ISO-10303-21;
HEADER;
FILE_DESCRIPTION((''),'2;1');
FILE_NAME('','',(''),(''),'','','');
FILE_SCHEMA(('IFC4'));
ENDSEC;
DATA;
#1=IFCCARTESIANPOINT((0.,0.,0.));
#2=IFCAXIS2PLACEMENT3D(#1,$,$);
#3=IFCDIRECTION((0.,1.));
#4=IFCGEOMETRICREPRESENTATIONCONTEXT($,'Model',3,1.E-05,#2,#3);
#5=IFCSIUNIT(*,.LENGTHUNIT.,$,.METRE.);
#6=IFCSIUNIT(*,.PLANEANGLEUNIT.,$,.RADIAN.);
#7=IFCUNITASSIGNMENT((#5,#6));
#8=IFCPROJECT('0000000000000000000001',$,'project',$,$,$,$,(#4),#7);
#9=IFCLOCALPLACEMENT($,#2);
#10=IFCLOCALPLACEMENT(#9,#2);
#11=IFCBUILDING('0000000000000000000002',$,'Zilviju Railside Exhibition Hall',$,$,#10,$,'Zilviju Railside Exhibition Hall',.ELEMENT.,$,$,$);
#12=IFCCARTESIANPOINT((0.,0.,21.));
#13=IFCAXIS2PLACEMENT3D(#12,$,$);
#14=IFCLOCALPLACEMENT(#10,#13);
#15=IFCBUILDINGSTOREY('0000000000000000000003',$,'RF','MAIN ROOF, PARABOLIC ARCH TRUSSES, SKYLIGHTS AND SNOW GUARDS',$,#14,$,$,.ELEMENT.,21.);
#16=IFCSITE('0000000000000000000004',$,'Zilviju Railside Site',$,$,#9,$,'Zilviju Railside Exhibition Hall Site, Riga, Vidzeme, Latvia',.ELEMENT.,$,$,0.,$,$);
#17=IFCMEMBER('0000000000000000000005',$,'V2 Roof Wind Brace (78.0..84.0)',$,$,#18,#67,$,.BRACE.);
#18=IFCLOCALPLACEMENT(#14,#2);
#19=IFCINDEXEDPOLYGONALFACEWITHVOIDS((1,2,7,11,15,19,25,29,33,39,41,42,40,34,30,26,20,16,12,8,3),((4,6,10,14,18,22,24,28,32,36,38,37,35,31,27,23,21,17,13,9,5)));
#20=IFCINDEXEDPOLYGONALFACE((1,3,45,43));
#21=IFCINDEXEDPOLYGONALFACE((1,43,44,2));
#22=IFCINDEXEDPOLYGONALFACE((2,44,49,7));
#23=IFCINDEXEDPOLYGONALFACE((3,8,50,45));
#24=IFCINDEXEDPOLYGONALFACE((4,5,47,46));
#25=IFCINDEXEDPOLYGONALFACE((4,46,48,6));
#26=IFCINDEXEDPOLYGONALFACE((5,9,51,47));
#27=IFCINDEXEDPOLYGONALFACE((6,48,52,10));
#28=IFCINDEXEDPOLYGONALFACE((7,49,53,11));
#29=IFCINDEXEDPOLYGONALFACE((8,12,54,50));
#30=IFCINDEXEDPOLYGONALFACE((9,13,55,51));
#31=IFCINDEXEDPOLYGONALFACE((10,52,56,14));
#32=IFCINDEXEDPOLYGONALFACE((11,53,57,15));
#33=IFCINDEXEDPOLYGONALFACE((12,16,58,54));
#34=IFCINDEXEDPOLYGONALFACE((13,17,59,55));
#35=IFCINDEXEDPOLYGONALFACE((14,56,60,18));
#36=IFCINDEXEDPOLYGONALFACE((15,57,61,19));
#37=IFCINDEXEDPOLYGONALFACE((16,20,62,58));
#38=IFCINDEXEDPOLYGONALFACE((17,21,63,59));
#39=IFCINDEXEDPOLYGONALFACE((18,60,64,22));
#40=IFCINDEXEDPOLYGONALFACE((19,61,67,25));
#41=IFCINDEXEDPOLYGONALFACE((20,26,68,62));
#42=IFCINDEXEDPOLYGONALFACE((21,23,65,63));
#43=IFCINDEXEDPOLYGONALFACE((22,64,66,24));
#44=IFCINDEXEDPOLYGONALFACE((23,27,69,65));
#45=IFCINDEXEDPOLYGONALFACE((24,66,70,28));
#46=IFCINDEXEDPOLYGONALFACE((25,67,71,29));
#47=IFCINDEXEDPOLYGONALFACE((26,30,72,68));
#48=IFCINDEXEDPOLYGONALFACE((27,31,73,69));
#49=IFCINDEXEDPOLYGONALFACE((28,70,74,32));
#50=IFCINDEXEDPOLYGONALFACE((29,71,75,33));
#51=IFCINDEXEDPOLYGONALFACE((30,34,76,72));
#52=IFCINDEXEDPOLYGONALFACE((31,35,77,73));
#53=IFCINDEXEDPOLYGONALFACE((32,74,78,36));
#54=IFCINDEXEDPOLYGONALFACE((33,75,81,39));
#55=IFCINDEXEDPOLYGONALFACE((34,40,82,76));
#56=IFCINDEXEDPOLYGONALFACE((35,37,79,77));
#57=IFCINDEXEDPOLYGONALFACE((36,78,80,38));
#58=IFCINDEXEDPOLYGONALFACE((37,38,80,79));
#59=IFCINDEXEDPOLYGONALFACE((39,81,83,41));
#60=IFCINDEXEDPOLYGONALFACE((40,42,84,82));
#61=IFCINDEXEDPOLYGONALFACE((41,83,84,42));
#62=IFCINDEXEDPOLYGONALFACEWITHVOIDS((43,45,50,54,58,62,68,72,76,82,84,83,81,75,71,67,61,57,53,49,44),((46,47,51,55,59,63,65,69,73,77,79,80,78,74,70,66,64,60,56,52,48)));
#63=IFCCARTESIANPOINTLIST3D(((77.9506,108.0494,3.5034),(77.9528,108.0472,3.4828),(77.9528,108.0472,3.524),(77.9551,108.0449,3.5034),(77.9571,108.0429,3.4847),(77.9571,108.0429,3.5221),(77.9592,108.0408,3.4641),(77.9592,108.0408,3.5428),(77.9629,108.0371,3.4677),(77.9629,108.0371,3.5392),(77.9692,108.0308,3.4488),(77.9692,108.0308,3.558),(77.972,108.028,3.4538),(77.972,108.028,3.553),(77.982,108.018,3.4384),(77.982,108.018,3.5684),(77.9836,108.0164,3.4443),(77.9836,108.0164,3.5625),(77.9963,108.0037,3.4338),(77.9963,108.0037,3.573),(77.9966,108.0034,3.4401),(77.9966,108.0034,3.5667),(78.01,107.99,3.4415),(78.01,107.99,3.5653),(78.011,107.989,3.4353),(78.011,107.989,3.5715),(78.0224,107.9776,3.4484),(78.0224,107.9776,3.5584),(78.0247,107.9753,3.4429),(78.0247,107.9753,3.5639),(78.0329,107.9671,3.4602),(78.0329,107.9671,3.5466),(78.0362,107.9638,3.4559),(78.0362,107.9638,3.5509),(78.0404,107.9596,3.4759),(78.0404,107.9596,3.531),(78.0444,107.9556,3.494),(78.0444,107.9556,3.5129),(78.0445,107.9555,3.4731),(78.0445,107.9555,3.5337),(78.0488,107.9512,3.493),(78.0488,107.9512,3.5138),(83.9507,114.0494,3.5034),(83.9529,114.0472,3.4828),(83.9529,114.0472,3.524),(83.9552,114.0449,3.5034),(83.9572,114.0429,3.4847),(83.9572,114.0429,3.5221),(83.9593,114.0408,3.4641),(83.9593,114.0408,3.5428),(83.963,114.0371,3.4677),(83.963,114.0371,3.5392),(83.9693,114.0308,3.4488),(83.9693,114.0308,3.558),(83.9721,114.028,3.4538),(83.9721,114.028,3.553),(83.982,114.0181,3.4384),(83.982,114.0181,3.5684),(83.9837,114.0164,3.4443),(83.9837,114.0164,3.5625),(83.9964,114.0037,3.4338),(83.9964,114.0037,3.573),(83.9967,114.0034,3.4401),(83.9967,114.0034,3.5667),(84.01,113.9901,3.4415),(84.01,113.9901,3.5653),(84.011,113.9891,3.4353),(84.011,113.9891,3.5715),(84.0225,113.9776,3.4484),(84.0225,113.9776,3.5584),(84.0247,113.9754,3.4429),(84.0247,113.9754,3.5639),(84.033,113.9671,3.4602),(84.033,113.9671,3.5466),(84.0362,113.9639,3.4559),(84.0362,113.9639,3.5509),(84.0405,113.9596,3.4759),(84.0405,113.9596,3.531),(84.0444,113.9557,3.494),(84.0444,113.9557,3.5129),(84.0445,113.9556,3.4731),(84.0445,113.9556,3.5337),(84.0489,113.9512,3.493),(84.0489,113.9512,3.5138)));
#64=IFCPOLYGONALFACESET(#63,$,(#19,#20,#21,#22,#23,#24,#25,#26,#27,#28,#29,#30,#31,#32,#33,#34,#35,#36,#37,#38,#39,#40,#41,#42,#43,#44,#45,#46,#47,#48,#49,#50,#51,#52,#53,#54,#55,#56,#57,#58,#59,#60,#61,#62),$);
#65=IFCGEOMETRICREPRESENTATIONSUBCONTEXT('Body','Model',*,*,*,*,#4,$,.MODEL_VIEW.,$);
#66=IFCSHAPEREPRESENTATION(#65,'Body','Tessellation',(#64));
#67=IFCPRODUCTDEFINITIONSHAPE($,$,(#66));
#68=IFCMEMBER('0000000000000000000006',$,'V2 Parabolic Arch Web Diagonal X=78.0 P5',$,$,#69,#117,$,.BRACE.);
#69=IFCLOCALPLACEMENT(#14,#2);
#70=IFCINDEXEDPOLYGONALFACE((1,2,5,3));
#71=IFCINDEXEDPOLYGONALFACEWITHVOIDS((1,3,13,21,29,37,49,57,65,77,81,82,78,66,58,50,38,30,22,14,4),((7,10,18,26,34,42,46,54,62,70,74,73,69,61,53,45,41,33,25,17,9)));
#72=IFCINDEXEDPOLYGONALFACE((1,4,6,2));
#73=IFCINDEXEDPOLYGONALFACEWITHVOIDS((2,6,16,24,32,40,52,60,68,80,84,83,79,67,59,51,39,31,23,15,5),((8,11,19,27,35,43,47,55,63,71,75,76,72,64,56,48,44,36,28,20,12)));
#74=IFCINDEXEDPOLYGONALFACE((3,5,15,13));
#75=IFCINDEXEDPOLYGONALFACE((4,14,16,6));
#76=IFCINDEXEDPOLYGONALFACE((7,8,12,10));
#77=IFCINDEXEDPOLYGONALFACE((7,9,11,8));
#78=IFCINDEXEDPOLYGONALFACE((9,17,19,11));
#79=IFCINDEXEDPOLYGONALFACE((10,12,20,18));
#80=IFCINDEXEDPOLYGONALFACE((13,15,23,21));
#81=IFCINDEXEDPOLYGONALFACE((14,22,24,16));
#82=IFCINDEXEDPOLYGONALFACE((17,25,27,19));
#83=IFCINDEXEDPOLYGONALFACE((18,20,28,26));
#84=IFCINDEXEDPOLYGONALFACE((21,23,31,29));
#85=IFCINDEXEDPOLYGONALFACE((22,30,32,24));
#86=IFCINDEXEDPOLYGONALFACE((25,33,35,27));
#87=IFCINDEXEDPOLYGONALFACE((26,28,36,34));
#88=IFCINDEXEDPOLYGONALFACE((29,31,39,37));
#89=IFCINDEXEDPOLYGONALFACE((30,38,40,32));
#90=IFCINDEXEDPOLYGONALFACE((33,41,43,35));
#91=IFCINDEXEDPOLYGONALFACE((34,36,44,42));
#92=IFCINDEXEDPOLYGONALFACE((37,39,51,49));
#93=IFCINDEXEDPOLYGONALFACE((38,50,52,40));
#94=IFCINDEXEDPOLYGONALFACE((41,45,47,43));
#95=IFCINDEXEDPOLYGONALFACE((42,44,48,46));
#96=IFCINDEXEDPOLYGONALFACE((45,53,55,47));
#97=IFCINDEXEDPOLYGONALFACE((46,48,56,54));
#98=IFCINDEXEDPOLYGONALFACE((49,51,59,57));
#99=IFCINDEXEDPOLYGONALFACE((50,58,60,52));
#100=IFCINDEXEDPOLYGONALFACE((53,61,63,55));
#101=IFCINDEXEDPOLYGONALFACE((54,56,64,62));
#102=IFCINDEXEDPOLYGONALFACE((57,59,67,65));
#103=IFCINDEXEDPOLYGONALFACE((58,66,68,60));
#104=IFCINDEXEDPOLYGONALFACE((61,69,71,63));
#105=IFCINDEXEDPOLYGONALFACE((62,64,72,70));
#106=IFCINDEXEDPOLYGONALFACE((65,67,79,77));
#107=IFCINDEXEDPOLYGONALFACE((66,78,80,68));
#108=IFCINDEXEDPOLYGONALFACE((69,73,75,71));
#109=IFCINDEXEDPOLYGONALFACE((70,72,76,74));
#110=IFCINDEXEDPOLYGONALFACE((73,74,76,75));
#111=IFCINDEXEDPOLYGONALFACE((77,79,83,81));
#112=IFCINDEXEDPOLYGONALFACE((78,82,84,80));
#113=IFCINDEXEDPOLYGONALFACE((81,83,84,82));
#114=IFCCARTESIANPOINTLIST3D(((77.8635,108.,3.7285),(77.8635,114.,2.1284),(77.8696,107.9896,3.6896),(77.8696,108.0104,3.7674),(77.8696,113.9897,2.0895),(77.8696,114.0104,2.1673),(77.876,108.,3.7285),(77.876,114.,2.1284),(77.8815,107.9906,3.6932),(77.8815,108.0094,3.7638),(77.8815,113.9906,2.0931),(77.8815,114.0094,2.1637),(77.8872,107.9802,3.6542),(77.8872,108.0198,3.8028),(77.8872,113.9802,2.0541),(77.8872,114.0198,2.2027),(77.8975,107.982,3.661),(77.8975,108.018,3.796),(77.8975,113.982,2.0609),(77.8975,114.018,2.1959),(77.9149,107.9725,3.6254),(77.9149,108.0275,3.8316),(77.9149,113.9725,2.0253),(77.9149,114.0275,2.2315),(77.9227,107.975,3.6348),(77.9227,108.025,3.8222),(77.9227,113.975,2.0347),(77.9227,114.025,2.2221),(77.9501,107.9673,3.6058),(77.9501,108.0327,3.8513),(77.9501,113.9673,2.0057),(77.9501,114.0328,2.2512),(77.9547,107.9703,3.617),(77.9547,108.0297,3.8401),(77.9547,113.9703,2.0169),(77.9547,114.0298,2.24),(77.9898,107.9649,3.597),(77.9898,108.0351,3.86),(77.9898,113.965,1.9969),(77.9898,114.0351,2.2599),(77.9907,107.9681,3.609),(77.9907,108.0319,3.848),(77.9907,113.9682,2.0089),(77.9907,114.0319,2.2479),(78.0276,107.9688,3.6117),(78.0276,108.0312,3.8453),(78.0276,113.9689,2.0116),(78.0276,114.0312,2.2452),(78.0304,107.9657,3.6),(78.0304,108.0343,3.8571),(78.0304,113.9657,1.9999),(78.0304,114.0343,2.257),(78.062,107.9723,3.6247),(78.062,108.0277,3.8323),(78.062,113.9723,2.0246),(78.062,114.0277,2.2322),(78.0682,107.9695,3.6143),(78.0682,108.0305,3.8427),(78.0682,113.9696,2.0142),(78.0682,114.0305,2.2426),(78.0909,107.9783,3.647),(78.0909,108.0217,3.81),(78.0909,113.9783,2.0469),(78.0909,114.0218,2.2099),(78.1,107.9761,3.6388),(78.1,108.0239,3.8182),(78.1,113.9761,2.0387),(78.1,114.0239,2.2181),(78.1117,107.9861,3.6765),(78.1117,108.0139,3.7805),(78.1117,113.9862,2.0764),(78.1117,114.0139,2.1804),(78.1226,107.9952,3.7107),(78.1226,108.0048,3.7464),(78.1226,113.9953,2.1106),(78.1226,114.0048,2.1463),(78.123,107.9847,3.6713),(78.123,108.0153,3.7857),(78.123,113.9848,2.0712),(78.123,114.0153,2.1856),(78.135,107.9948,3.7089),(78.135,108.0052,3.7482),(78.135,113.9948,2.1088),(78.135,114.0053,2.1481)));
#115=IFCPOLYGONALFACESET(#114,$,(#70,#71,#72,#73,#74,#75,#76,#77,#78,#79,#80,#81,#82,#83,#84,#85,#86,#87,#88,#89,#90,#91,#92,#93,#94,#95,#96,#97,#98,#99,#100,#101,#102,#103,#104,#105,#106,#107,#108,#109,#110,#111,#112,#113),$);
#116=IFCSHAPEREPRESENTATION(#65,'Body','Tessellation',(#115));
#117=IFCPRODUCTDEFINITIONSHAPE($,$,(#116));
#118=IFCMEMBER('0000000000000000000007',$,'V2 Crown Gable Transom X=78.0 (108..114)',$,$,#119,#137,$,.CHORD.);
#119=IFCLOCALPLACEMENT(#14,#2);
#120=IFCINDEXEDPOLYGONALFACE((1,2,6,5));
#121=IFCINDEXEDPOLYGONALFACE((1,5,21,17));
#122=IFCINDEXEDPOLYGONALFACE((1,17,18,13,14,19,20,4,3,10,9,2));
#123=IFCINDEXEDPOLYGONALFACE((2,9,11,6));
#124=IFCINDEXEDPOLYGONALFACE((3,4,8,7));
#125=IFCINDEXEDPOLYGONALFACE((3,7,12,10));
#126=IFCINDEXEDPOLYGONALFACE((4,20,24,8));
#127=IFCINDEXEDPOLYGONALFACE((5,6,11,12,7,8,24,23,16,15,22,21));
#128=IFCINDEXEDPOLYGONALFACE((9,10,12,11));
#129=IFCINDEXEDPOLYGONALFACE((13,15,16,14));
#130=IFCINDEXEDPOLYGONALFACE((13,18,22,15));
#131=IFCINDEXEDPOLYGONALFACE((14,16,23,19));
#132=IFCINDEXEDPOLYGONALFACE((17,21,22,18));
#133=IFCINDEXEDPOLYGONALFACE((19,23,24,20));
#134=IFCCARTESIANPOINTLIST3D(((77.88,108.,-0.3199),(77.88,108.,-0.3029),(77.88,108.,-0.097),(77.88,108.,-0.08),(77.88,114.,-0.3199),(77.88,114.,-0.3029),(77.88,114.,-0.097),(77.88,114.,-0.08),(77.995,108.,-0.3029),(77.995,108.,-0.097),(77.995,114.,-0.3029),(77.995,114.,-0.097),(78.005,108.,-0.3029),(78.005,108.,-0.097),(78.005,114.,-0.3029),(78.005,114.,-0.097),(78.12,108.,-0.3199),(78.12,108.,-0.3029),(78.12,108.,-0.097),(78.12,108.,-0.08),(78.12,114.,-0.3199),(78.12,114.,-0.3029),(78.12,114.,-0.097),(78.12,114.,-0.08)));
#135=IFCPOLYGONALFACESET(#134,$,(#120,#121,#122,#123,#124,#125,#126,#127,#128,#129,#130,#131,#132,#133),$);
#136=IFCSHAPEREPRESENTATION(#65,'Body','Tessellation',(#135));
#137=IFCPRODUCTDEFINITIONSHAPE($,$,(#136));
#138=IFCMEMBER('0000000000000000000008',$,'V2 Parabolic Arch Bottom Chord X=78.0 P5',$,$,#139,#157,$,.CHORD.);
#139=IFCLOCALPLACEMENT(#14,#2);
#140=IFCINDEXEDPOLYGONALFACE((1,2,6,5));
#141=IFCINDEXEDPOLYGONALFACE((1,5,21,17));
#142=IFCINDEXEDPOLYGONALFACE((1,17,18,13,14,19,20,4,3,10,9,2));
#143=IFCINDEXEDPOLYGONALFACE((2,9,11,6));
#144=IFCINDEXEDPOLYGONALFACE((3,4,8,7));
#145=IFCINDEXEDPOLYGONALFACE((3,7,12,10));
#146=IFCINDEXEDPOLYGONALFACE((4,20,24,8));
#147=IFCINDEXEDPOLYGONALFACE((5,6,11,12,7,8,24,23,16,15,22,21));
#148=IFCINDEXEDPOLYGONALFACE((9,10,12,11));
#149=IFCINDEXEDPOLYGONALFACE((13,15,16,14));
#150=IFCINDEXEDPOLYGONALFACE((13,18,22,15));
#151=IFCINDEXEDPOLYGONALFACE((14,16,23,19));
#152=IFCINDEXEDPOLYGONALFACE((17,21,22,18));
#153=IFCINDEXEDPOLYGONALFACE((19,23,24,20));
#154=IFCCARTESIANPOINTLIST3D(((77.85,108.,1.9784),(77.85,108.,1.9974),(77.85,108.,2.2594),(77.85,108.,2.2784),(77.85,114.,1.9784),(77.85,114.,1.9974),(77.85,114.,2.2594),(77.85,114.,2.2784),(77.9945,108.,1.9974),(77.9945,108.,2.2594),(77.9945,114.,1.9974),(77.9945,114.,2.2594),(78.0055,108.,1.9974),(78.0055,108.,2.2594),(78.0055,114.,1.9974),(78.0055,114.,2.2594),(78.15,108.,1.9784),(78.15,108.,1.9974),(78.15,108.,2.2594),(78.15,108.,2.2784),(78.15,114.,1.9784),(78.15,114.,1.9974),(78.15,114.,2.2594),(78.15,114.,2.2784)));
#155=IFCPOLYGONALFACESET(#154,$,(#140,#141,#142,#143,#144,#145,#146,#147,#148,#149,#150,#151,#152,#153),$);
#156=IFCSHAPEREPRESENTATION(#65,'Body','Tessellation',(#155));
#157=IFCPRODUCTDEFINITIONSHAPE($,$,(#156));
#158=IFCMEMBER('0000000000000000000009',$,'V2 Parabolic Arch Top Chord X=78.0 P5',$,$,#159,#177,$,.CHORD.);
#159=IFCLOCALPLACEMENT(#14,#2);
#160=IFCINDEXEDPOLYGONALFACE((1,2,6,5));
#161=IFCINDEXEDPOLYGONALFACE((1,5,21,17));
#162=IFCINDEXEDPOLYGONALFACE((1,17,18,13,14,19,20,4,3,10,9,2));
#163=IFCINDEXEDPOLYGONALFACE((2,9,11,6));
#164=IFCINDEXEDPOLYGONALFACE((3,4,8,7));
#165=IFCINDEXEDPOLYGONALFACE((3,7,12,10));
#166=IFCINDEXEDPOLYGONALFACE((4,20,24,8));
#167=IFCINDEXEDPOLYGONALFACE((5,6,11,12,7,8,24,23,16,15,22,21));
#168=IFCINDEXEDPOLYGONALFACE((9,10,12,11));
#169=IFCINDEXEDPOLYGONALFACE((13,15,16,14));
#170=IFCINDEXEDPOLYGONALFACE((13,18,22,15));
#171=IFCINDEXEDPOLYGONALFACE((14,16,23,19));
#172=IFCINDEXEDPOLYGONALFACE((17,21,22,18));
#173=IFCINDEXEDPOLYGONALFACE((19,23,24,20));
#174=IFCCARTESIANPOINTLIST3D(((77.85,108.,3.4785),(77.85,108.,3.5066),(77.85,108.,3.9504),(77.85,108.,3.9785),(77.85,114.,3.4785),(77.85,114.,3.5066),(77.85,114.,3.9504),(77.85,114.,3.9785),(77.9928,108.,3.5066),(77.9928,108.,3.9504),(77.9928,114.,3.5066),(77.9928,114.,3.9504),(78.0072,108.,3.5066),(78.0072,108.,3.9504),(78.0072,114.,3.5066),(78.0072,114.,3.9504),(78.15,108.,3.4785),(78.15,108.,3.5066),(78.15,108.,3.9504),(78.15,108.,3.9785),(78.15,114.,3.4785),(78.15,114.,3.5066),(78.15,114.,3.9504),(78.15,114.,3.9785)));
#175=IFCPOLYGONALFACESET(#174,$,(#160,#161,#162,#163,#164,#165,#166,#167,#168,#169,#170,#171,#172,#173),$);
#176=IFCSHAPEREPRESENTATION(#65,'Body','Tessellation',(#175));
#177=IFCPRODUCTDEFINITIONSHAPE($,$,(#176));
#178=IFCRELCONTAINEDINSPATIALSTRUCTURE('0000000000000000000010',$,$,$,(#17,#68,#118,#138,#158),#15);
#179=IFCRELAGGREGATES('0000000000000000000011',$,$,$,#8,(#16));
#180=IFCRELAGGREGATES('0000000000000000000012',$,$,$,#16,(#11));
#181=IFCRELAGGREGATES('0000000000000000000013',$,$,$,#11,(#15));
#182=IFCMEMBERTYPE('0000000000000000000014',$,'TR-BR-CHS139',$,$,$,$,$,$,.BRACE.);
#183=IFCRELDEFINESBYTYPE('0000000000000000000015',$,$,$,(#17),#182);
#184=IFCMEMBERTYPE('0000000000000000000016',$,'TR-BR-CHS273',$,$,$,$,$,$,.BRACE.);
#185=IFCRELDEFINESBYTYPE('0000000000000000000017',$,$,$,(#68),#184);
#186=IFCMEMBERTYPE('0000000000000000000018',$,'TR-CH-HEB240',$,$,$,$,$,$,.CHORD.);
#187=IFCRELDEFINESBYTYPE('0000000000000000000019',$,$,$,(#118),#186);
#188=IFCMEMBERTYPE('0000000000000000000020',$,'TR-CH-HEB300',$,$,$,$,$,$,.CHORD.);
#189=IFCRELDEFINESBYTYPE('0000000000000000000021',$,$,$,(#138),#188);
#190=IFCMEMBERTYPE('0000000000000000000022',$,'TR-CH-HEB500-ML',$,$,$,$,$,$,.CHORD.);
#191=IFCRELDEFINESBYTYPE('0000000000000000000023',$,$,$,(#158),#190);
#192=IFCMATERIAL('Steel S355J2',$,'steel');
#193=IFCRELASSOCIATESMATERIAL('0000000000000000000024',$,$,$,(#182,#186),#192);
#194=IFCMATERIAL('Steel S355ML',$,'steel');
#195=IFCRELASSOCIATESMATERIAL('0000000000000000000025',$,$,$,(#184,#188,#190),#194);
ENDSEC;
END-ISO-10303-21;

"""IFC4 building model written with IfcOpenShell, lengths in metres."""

from ifc_helpers import new_model, si_unit, direction, frame, origin, origin_2d, place, context, subcontext, project, spatial, hollow_circle, i_section, extrude, material, material_profile, profile_set, type_object, element, save


model = new_model("IFC4")

# Units and contexts
model_context = context("Model", 3, precision=1e-05, world=origin(), true_north=direction((0.0, 1.0)))
body_context = subcontext(model_context, "Body", "Model", "MODEL_VIEW")
ifc_project = project(units=[si_unit("LENGTHUNIT", "METRE"), si_unit("PLANEANGLEUNIT", "RADIAN")], contexts=[model_context])

# Site, building, storey
site_placement = place(None, origin())
site = spatial("IfcSite", under=ifc_project, at=site_placement, Name="Zilviju Railside Site", LongName="Zilviju Railside Exhibition Hall Site, Riga, Vidzeme, Latvia", CompositionType="ELEMENT", RefElevation=0.0)
building_placement = place(site_placement, origin())
building = spatial("IfcBuilding", under=site, at=building_placement, Name="Zilviju Railside Exhibition Hall", LongName="Zilviju Railside Exhibition Hall", CompositionType="ELEMENT")
storey_placement = place(building_placement, frame((0.0, 0.0, 21.0)))
storey = spatial("IfcBuildingStorey", under=building, at=storey_placement, Name="RF", Description="MAIN ROOF, PARABOLIC ARCH TRUSSES, SKYLIGHTS AND SNOW GUARDS", CompositionType="ELEMENT", Elevation=21.0)

# Members
ifc_material_1 = material(Name="Steel S355J2", Category="steel")
ifc_material_profile_1 = material_profile(ifc_material_1, hollow_circle(Radius=0.0698, WallThickness=0.0063, at=origin_2d()), Name="CHS 139.7x6.3")
ifc_profile_set_1 = profile_set([ifc_material_profile_1], Name="Steel S355J2")
member_type_1 = type_object("IfcMemberType", Name="TR-BR-CHS139", PredefinedType="BRACE", material=ifc_profile_set_1)
member_1_placement = place(storey_placement, frame((78.0, 108.0, 3.5034), z_axis=(0.707107, 0.707107, 0.0), x_axis=(-0.707107, 0.707107, 0.0)))
element("IfcMember", 1, at=member_1_placement, inside=storey, type_object=member_type_1, Name="V2 Roof Wind Brace (78.0..84.0)", PredefinedType="BRACE", context=body_context, shape_type="SweptSolid", body=[
    extrude(hollow_circle(Radius=0.0698, WallThickness=0.0063, at=origin_2d()), origin(), (0.0, 0.0, 1.0), 8.4854),
])
ifc_material_2 = material(Name="Steel S355ML", Category="steel")
ifc_material_profile_2 = material_profile(ifc_material_2, hollow_circle(Radius=0.1365, WallThickness=0.0125, at=origin_2d()), Name="CHS 273.0x12.5")
ifc_profile_set_2 = profile_set([ifc_material_profile_2], Name="Steel S355ML")
member_type_2 = type_object("IfcMemberType", Name="TR-BR-CHS273", PredefinedType="BRACE", material=ifc_profile_set_2)
member_2_placement = place(storey_placement, frame((78.0, 108.0, 3.7285), z_axis=(0.0, 0.966231, -0.257677), x_axis=(-1.0, 0.0, 0.0)))
element("IfcMember", 2, at=member_2_placement, inside=storey, type_object=member_type_2, Name="V2 Parabolic Arch Web Diagonal X=78.0 P5", PredefinedType="BRACE", context=body_context, shape_type="SweptSolid", body=[
    extrude(hollow_circle(Radius=0.1365, WallThickness=0.0125, at=origin_2d()), origin(), (0.0, 0.0, 1.0), 6.2097),
])
ifc_material_profile_3 = material_profile(ifc_material_1, i_section(OverallWidth=0.24, OverallDepth=0.24, WebThickness=0.01, FlangeThickness=0.0171, at=origin_2d()), Name="HEB 240")
ifc_profile_set_3 = profile_set([ifc_material_profile_3], Name="Steel S355J2")
member_type_3 = type_object("IfcMemberType", Name="TR-CH-HEB240", PredefinedType="CHORD", material=ifc_profile_set_3)
member_3_placement = place(storey_placement, frame((78.0, 108.0, -0.2), z_axis=(0.0, 1.0, 0.0), x_axis=(-1.0, 0.0, 0.0)))
element("IfcMember", 3, at=member_3_placement, inside=storey, type_object=member_type_3, Name="V2 Crown Gable Transom X=78.0 (108..114)", PredefinedType="CHORD", context=body_context, shape_type="SweptSolid", body=[
    extrude(i_section(OverallWidth=0.24, OverallDepth=0.24, WebThickness=0.01, FlangeThickness=0.0171, at=origin_2d()), origin(), (0.0, 0.0, 1.0), 6.0),
])
ifc_material_profile_4 = material_profile(ifc_material_2, i_section(OverallWidth=0.3, OverallDepth=0.3, WebThickness=0.011, FlangeThickness=0.019, at=origin_2d()), Name="HEB 300")
ifc_profile_set_4 = profile_set([ifc_material_profile_4], Name="Steel S355ML")
member_type_4 = type_object("IfcMemberType", Name="TR-CH-HEB300", PredefinedType="CHORD", material=ifc_profile_set_4)
member_4_placement = place(storey_placement, frame((78.0, 108.0, 2.1284), z_axis=(0.0, 1.0, 0.0), x_axis=(-1.0, 0.0, 0.0)))
element("IfcMember", 4, at=member_4_placement, inside=storey, type_object=member_type_4, Name="V2 Parabolic Arch Bottom Chord X=78.0 P5", PredefinedType="CHORD", context=body_context, shape_type="SweptSolid", body=[
    extrude(i_section(OverallWidth=0.3, OverallDepth=0.3, WebThickness=0.011, FlangeThickness=0.019, at=origin_2d()), origin(), (0.0, 0.0, 1.0), 6.0),
])
ifc_material_profile_5 = material_profile(ifc_material_2, i_section(OverallWidth=0.3, OverallDepth=0.5, WebThickness=0.0144, FlangeThickness=0.0281, at=origin_2d()), Name="HEB 500")
ifc_profile_set_5 = profile_set([ifc_material_profile_5], Name="Steel S355ML")
member_type_5 = type_object("IfcMemberType", Name="TR-CH-HEB500-ML", PredefinedType="CHORD", material=ifc_profile_set_5)
member_5_placement = place(storey_placement, frame((78.0, 108.0, 3.7285), z_axis=(0.0, 1.0, 0.0), x_axis=(-1.0, 0.0, 0.0)))
element("IfcMember", 5, at=member_5_placement, inside=storey, type_object=member_type_5, Name="V2 Parabolic Arch Top Chord X=78.0 P5", PredefinedType="CHORD", context=body_context, shape_type="SweptSolid", body=[
    extrude(i_section(OverallWidth=0.3, OverallDepth=0.5, WebThickness=0.0144, FlangeThickness=0.0281, at=origin_2d()), origin(), (0.0, 0.0, 1.0), 6.0),
])

save(model, "model.ifc")
